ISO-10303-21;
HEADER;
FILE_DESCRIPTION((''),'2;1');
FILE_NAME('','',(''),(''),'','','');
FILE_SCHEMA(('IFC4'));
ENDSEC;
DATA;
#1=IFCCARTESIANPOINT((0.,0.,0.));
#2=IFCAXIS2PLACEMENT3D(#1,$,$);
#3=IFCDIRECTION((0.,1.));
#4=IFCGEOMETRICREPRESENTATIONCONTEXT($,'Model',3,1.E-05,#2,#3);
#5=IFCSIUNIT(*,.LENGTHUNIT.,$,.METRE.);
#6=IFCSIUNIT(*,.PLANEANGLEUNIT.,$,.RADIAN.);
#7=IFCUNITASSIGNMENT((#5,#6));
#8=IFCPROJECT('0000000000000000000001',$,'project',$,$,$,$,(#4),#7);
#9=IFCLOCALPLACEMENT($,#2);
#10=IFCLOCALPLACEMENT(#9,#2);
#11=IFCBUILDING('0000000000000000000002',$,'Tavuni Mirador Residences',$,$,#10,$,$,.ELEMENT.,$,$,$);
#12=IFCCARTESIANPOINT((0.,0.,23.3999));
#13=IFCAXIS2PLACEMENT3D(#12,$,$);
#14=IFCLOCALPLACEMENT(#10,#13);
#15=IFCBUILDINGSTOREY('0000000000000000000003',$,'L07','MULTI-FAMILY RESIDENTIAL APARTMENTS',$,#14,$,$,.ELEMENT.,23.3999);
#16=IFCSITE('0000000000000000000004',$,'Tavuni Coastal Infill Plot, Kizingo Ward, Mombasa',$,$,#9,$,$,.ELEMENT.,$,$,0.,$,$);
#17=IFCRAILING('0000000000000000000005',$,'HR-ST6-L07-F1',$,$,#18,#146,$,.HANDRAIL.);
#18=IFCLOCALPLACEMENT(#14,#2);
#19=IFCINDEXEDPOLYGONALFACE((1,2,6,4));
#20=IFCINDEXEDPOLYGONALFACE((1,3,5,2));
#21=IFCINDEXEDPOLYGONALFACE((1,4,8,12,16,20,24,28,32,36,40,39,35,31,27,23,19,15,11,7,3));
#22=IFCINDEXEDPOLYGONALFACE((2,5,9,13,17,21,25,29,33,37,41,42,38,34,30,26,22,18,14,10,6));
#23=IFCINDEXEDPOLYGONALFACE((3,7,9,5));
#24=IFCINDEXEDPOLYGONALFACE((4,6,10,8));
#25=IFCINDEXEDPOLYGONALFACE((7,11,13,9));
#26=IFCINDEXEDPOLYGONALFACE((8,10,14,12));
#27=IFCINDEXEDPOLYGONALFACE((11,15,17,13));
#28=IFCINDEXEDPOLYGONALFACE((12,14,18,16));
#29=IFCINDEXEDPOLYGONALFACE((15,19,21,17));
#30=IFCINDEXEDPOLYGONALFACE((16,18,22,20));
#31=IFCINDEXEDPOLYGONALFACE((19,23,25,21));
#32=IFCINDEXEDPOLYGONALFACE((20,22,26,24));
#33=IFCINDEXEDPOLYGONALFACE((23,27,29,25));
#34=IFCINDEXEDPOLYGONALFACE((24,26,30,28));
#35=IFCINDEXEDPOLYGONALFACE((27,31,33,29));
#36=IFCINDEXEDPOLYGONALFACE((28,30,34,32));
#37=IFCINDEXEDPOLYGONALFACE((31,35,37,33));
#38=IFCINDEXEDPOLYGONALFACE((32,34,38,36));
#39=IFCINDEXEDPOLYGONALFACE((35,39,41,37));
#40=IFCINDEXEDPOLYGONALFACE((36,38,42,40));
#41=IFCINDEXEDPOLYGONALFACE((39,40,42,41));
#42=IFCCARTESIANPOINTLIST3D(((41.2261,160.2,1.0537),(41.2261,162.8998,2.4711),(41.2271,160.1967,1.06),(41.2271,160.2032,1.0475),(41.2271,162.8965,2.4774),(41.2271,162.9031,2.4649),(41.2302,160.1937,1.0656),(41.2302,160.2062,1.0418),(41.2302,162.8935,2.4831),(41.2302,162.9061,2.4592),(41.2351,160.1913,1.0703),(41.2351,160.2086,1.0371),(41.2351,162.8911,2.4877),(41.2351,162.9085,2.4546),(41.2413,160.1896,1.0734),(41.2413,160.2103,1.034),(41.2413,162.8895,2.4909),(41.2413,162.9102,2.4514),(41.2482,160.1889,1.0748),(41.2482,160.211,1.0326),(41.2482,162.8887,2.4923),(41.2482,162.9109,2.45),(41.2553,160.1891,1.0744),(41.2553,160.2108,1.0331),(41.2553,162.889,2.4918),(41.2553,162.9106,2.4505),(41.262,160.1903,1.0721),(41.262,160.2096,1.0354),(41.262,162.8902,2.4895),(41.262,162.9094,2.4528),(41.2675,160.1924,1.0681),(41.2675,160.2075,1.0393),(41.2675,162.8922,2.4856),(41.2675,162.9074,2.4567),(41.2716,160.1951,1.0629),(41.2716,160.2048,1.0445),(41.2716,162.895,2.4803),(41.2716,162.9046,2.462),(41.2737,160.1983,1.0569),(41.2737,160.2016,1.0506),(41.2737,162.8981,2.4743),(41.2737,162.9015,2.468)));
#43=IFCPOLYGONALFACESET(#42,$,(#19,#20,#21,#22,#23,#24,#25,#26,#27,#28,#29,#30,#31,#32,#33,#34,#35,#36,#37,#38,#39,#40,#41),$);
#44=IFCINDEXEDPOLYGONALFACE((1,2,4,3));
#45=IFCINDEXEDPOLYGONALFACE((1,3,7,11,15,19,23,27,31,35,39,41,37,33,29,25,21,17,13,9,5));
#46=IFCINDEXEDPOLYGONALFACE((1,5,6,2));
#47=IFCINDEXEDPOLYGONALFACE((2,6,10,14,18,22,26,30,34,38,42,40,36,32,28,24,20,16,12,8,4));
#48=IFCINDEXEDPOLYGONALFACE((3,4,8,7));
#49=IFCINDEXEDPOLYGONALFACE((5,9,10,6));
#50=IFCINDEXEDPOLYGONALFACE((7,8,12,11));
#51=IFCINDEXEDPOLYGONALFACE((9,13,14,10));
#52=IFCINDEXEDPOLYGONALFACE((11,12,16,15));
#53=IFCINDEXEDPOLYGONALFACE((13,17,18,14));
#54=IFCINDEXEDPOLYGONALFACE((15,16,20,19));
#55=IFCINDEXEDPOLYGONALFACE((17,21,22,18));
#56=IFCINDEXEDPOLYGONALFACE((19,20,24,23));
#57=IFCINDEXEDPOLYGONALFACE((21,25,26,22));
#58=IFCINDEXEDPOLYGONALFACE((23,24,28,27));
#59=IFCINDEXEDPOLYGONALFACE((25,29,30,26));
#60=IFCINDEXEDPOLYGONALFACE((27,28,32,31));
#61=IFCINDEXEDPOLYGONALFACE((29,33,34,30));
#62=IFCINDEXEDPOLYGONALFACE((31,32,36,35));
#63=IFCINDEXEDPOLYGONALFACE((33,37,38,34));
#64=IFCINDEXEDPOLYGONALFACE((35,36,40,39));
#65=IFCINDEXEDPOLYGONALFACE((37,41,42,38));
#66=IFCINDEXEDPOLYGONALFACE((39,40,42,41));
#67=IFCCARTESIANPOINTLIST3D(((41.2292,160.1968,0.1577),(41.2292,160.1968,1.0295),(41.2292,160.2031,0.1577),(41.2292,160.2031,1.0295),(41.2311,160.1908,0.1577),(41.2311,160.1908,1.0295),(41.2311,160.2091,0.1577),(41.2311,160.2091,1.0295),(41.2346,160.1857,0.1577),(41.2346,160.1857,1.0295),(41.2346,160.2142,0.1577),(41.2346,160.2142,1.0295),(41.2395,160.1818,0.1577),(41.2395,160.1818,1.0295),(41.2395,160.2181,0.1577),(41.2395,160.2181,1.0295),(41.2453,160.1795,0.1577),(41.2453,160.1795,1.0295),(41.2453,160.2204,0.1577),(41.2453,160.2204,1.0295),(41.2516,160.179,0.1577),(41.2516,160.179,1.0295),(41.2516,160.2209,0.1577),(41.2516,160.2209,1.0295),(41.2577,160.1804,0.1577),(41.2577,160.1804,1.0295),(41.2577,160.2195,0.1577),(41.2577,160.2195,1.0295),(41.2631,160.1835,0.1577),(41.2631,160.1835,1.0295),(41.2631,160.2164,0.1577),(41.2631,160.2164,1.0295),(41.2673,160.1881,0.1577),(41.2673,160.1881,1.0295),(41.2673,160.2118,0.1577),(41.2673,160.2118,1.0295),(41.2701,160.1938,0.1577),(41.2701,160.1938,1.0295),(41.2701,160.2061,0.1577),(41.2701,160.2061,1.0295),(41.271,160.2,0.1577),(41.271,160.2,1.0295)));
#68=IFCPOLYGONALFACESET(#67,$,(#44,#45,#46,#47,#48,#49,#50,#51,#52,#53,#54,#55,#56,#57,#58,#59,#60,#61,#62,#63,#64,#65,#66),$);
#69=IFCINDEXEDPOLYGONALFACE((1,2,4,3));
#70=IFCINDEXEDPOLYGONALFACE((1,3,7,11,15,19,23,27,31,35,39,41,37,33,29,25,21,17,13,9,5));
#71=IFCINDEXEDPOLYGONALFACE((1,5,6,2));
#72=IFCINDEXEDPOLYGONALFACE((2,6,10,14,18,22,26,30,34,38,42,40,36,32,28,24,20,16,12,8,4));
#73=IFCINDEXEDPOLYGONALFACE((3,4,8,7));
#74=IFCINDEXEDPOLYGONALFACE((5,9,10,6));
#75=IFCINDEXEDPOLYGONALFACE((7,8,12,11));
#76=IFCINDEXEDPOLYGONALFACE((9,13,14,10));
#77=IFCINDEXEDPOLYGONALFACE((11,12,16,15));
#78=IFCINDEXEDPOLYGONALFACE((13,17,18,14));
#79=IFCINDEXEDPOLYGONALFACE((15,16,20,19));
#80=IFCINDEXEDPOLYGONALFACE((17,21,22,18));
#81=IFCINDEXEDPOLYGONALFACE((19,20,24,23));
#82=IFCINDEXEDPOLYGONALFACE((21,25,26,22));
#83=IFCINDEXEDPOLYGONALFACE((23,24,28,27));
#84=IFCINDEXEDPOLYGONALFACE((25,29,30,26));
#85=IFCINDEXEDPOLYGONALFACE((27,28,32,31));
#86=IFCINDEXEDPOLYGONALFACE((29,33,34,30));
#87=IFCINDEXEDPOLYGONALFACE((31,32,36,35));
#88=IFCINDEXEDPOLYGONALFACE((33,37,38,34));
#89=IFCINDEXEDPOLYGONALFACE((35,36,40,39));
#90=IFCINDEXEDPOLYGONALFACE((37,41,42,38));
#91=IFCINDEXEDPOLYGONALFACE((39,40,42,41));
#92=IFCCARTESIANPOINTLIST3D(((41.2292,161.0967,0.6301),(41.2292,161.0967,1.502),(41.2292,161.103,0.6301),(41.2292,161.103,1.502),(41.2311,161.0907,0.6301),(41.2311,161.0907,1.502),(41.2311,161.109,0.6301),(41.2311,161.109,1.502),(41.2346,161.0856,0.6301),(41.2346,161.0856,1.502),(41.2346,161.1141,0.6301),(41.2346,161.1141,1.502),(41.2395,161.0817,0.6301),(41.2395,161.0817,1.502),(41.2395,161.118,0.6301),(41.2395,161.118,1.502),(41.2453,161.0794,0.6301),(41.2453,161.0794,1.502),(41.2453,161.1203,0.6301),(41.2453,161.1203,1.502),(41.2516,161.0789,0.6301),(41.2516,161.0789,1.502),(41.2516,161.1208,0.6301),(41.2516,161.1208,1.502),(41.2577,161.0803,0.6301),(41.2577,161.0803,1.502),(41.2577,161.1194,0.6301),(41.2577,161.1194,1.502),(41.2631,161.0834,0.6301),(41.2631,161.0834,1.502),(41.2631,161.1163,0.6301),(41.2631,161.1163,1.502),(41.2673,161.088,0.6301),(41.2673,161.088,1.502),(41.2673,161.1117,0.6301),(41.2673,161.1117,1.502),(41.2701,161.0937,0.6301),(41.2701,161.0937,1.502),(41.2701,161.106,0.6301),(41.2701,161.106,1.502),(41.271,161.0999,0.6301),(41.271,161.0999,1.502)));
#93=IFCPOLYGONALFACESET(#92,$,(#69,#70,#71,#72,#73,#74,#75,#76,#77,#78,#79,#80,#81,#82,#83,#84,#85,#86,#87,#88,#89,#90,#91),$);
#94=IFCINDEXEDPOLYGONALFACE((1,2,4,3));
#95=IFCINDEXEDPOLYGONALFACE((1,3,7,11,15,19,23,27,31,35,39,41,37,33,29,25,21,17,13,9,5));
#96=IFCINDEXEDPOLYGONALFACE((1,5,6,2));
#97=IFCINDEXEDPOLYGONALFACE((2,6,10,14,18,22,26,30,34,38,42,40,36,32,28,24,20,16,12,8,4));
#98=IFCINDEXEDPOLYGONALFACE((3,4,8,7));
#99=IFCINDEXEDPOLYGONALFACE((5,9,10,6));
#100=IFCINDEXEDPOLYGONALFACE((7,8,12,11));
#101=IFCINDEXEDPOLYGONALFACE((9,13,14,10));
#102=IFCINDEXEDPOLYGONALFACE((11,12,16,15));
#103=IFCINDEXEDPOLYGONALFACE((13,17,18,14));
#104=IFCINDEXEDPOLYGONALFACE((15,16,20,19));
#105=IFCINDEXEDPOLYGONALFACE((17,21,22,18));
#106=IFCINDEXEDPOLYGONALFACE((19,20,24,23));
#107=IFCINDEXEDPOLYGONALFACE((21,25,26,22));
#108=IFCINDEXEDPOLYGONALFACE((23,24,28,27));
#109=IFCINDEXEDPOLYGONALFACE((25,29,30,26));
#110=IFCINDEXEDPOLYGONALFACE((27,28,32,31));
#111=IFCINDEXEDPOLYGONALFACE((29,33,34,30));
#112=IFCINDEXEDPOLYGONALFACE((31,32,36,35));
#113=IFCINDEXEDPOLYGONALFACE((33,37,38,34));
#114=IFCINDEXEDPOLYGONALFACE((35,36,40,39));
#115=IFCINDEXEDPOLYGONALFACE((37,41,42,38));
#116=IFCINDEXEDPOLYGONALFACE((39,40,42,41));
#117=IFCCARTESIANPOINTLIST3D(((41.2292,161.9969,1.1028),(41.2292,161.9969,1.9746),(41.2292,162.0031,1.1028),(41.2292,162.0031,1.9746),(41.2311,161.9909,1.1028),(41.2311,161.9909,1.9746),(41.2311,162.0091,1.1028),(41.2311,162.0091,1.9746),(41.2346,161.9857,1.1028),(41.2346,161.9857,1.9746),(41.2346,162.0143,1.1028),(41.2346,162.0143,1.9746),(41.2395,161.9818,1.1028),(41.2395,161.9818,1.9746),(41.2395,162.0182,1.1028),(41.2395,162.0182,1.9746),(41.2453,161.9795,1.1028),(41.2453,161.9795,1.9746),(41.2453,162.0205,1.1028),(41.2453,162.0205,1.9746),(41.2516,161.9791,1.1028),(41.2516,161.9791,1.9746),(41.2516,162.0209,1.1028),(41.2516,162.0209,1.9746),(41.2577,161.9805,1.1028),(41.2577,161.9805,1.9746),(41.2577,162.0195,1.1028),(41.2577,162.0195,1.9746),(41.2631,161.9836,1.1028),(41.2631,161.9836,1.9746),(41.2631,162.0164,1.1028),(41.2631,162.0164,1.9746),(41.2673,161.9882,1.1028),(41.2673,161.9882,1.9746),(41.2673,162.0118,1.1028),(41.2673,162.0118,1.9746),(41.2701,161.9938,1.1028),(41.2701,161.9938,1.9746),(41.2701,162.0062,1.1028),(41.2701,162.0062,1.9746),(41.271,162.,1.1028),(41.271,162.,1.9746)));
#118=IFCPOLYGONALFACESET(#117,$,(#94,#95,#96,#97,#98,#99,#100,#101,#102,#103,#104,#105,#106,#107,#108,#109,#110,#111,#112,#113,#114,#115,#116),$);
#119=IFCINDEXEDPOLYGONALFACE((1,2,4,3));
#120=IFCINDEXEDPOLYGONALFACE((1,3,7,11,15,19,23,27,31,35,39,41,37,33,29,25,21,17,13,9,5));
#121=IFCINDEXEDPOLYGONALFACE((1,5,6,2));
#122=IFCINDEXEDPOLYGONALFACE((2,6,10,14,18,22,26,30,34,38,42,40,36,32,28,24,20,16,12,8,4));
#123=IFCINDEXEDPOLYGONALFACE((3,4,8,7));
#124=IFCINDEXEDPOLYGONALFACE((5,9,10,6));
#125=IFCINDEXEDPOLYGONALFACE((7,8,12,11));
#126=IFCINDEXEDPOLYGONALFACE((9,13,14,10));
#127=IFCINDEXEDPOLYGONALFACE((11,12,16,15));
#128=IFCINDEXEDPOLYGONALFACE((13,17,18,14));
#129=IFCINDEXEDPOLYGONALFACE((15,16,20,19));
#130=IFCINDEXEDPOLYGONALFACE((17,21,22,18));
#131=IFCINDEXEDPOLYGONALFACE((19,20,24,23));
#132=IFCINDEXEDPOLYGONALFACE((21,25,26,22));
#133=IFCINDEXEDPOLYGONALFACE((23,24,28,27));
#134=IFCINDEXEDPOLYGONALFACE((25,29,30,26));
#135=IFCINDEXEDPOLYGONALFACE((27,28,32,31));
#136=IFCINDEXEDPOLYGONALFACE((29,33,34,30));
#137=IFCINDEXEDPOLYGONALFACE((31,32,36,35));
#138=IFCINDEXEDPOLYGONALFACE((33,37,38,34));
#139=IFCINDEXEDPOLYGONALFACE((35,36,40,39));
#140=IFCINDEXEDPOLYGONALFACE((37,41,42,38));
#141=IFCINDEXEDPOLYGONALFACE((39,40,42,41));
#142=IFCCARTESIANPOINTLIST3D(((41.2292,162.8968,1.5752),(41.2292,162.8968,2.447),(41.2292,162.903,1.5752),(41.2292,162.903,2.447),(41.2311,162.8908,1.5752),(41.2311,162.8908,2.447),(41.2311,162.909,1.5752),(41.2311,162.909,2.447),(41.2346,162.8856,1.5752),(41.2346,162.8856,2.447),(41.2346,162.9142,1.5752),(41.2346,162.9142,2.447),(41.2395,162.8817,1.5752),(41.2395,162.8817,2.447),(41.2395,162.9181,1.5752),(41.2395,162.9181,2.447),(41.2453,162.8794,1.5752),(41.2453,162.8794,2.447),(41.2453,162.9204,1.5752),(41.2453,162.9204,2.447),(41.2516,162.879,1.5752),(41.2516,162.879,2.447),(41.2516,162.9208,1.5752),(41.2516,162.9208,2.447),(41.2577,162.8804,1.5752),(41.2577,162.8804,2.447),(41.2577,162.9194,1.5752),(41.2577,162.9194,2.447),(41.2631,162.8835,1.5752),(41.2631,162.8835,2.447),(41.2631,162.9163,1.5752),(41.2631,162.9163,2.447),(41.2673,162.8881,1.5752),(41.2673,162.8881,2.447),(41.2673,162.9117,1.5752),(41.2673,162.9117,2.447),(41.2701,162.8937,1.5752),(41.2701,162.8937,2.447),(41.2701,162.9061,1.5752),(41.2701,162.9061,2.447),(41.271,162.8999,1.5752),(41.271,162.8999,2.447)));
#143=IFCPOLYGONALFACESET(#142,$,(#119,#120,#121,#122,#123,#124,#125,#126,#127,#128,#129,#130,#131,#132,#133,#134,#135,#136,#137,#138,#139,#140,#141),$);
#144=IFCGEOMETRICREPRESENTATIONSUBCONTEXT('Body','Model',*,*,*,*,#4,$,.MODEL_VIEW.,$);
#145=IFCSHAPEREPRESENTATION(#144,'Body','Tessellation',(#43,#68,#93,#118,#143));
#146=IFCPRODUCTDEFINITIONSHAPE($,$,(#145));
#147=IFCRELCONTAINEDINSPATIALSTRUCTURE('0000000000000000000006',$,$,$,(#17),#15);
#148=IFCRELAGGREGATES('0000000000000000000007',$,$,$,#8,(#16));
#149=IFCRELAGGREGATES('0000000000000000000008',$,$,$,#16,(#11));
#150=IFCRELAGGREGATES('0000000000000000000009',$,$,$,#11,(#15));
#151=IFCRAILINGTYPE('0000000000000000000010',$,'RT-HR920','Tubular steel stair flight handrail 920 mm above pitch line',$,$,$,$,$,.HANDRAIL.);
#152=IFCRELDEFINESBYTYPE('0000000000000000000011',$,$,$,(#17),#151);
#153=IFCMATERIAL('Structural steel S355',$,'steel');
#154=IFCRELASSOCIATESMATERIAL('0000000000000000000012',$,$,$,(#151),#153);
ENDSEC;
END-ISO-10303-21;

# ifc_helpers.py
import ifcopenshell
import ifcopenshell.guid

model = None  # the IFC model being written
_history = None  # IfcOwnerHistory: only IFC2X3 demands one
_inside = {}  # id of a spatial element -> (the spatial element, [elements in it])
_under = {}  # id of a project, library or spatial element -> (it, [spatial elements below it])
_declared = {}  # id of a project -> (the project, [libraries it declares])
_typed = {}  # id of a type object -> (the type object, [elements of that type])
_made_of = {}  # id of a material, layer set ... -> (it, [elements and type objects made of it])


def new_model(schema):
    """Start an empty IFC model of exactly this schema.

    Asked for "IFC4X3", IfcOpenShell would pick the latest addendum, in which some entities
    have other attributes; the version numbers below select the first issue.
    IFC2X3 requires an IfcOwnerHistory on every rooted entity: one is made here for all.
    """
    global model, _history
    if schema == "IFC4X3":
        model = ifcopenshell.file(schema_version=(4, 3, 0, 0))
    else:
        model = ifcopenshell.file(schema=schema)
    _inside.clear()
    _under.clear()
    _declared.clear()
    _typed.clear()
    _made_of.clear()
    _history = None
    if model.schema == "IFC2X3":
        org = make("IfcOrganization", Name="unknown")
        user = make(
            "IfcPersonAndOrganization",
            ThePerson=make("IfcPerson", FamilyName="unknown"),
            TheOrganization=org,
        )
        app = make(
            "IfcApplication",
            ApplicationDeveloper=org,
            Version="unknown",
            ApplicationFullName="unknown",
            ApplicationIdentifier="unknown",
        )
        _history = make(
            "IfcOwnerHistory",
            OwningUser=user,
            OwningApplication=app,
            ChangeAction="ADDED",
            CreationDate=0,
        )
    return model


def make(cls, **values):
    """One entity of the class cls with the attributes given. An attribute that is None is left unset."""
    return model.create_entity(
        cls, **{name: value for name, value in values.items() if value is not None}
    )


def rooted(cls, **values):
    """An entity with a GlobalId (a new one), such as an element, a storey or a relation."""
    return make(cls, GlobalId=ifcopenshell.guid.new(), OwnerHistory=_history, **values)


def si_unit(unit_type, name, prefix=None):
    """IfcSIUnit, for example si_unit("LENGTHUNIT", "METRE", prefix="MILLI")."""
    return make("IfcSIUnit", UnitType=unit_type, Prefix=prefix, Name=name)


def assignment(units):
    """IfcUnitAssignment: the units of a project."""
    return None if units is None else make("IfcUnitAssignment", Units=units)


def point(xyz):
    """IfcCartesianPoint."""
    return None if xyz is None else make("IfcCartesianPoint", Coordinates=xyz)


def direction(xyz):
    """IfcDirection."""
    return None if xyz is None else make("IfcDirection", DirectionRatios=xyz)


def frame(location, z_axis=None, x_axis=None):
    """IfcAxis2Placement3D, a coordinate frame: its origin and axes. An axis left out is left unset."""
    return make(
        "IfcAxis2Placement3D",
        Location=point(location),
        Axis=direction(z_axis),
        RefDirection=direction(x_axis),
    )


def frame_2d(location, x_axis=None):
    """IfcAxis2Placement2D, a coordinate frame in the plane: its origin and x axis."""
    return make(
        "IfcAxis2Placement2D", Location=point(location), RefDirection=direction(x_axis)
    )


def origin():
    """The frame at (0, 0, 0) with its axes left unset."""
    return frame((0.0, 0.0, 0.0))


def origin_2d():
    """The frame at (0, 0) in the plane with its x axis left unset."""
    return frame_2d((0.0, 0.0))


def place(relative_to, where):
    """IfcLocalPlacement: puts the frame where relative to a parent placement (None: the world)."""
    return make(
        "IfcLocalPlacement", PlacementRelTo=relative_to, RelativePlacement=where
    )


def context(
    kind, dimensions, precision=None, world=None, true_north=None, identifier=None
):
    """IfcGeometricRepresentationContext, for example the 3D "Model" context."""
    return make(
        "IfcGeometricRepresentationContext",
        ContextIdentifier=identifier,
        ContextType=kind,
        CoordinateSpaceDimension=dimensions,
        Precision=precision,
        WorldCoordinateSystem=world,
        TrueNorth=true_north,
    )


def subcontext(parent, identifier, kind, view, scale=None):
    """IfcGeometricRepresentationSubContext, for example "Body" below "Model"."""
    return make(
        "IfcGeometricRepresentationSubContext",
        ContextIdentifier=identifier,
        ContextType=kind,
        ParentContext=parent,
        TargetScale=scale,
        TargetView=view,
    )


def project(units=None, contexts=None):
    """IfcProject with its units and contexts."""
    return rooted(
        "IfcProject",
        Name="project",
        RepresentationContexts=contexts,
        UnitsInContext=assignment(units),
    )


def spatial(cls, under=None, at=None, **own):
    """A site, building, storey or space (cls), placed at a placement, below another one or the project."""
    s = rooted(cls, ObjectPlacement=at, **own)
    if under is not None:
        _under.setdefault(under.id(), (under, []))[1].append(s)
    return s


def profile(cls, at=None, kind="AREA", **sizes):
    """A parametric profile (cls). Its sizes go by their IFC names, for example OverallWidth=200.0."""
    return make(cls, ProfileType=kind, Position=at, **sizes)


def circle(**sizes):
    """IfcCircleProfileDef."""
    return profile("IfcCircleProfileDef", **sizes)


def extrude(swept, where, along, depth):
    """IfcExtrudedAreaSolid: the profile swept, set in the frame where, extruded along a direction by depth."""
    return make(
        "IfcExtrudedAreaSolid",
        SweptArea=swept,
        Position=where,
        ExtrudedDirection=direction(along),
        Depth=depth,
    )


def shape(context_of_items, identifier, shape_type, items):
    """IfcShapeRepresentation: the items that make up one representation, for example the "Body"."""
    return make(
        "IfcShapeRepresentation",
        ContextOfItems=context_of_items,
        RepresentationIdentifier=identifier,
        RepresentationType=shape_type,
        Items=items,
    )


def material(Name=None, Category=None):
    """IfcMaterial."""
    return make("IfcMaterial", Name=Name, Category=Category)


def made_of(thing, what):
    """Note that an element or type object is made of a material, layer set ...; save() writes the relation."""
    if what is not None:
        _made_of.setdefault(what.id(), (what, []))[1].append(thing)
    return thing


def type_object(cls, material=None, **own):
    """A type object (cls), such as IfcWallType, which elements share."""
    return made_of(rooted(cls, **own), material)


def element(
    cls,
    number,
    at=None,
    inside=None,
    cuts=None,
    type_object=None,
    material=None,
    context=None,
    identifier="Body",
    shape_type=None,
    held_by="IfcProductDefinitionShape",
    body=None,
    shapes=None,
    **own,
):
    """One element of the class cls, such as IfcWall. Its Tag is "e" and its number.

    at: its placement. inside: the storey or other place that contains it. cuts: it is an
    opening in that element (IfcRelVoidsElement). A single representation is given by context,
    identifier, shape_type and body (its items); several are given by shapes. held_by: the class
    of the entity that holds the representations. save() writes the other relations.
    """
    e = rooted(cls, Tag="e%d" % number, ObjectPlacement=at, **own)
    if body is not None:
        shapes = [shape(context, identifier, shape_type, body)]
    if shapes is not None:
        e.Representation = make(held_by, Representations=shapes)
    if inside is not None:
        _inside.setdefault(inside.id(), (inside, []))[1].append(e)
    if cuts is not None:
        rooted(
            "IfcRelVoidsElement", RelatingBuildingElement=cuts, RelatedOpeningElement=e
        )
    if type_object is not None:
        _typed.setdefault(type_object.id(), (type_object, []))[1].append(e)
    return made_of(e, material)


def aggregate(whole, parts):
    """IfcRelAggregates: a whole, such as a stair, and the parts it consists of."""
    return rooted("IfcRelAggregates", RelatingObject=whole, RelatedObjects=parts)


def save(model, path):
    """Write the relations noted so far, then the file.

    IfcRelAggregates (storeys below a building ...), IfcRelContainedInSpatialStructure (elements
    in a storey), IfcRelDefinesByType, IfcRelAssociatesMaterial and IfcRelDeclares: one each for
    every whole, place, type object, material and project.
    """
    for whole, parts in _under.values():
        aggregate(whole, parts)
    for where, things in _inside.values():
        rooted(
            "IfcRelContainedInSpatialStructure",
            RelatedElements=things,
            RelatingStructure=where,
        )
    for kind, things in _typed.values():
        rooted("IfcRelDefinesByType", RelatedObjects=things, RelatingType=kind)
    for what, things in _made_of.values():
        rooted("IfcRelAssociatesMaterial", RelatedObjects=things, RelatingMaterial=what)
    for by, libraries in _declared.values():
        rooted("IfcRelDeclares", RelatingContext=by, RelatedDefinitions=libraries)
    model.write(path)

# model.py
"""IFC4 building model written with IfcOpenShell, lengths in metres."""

from ifc_helpers import new_model, si_unit, direction, frame, origin, origin_2d, place, context, subcontext, project, spatial, circle, extrude, material, type_object, element, save


model = new_model("IFC4")

# Units and contexts
model_context = context("Model", 3, precision=1e-05, world=origin(), true_north=direction((0.0, 1.0)))
body_context = subcontext(model_context, "Body", "Model", "MODEL_VIEW")
ifc_project = project(units=[si_unit("LENGTHUNIT", "METRE"), si_unit("PLANEANGLEUNIT", "RADIAN")], contexts=[model_context])

# Site, building, storey
site_placement = place(None, origin())
site = spatial("IfcSite", under=ifc_project, at=site_placement, Name="Tavuni Coastal Infill Plot, Kizingo Ward, Mombasa", CompositionType="ELEMENT", RefElevation=0.0)
building_placement = place(site_placement, origin())
building = spatial("IfcBuilding", under=site, at=building_placement, Name="Tavuni Mirador Residences", CompositionType="ELEMENT")
storey_placement = place(building_placement, frame((0.0, 0.0, 23.3999)))
storey = spatial("IfcBuildingStorey", under=building, at=storey_placement, Name="L07", Description="MULTI-FAMILY RESIDENTIAL APARTMENTS", CompositionType="ELEMENT", Elevation=23.3999)

# Shared definitions
ifc_material_1 = material(Name="Structural steel S355", Category="steel")

# Railing
railing_type_1 = type_object("IfcRailingType", Name="RT-HR920", Description="Tubular steel stair flight handrail 920 mm above pitch line", PredefinedType="HANDRAIL", material=ifc_material_1)
railing_1_placement = place(storey_placement, frame((41.25, 160.2, 0.1577)))
element("IfcRailing", 1, at=railing_1_placement, inside=storey, type_object=railing_type_1, Name="HR-ST6-L07-F1", PredefinedType="HANDRAIL", context=body_context, shape_type="SweptSolid", body=[
    extrude(circle(Radius=0.0239, at=origin_2d()), frame((0.0, 0.0, 0.896), z_axis=(0.0, 0.885397, 0.464835), x_axis=(-1.0, 0.0, 0.0)), (0.0, 0.0, 1.0), 3.0493),
    extrude(circle(Radius=0.021, at=origin_2d()), origin(), (0.0, 0.0, 1.0), 0.8718),
    extrude(circle(Radius=0.021, at=origin_2d()), frame((0.0, 0.8999, 0.4724)), (0.0, 0.0, 1.0), 0.8718),
    extrude(circle(Radius=0.021, at=origin_2d()), frame((0.0, 1.8, 0.9451)), (0.0, 0.0, 1.0), 0.8718),
    extrude(circle(Radius=0.021, at=origin_2d()), frame((0.0, 2.7, 1.4175)), (0.0, 0.0, 1.0), 0.8718),
])

save(model, "model.ifc")
